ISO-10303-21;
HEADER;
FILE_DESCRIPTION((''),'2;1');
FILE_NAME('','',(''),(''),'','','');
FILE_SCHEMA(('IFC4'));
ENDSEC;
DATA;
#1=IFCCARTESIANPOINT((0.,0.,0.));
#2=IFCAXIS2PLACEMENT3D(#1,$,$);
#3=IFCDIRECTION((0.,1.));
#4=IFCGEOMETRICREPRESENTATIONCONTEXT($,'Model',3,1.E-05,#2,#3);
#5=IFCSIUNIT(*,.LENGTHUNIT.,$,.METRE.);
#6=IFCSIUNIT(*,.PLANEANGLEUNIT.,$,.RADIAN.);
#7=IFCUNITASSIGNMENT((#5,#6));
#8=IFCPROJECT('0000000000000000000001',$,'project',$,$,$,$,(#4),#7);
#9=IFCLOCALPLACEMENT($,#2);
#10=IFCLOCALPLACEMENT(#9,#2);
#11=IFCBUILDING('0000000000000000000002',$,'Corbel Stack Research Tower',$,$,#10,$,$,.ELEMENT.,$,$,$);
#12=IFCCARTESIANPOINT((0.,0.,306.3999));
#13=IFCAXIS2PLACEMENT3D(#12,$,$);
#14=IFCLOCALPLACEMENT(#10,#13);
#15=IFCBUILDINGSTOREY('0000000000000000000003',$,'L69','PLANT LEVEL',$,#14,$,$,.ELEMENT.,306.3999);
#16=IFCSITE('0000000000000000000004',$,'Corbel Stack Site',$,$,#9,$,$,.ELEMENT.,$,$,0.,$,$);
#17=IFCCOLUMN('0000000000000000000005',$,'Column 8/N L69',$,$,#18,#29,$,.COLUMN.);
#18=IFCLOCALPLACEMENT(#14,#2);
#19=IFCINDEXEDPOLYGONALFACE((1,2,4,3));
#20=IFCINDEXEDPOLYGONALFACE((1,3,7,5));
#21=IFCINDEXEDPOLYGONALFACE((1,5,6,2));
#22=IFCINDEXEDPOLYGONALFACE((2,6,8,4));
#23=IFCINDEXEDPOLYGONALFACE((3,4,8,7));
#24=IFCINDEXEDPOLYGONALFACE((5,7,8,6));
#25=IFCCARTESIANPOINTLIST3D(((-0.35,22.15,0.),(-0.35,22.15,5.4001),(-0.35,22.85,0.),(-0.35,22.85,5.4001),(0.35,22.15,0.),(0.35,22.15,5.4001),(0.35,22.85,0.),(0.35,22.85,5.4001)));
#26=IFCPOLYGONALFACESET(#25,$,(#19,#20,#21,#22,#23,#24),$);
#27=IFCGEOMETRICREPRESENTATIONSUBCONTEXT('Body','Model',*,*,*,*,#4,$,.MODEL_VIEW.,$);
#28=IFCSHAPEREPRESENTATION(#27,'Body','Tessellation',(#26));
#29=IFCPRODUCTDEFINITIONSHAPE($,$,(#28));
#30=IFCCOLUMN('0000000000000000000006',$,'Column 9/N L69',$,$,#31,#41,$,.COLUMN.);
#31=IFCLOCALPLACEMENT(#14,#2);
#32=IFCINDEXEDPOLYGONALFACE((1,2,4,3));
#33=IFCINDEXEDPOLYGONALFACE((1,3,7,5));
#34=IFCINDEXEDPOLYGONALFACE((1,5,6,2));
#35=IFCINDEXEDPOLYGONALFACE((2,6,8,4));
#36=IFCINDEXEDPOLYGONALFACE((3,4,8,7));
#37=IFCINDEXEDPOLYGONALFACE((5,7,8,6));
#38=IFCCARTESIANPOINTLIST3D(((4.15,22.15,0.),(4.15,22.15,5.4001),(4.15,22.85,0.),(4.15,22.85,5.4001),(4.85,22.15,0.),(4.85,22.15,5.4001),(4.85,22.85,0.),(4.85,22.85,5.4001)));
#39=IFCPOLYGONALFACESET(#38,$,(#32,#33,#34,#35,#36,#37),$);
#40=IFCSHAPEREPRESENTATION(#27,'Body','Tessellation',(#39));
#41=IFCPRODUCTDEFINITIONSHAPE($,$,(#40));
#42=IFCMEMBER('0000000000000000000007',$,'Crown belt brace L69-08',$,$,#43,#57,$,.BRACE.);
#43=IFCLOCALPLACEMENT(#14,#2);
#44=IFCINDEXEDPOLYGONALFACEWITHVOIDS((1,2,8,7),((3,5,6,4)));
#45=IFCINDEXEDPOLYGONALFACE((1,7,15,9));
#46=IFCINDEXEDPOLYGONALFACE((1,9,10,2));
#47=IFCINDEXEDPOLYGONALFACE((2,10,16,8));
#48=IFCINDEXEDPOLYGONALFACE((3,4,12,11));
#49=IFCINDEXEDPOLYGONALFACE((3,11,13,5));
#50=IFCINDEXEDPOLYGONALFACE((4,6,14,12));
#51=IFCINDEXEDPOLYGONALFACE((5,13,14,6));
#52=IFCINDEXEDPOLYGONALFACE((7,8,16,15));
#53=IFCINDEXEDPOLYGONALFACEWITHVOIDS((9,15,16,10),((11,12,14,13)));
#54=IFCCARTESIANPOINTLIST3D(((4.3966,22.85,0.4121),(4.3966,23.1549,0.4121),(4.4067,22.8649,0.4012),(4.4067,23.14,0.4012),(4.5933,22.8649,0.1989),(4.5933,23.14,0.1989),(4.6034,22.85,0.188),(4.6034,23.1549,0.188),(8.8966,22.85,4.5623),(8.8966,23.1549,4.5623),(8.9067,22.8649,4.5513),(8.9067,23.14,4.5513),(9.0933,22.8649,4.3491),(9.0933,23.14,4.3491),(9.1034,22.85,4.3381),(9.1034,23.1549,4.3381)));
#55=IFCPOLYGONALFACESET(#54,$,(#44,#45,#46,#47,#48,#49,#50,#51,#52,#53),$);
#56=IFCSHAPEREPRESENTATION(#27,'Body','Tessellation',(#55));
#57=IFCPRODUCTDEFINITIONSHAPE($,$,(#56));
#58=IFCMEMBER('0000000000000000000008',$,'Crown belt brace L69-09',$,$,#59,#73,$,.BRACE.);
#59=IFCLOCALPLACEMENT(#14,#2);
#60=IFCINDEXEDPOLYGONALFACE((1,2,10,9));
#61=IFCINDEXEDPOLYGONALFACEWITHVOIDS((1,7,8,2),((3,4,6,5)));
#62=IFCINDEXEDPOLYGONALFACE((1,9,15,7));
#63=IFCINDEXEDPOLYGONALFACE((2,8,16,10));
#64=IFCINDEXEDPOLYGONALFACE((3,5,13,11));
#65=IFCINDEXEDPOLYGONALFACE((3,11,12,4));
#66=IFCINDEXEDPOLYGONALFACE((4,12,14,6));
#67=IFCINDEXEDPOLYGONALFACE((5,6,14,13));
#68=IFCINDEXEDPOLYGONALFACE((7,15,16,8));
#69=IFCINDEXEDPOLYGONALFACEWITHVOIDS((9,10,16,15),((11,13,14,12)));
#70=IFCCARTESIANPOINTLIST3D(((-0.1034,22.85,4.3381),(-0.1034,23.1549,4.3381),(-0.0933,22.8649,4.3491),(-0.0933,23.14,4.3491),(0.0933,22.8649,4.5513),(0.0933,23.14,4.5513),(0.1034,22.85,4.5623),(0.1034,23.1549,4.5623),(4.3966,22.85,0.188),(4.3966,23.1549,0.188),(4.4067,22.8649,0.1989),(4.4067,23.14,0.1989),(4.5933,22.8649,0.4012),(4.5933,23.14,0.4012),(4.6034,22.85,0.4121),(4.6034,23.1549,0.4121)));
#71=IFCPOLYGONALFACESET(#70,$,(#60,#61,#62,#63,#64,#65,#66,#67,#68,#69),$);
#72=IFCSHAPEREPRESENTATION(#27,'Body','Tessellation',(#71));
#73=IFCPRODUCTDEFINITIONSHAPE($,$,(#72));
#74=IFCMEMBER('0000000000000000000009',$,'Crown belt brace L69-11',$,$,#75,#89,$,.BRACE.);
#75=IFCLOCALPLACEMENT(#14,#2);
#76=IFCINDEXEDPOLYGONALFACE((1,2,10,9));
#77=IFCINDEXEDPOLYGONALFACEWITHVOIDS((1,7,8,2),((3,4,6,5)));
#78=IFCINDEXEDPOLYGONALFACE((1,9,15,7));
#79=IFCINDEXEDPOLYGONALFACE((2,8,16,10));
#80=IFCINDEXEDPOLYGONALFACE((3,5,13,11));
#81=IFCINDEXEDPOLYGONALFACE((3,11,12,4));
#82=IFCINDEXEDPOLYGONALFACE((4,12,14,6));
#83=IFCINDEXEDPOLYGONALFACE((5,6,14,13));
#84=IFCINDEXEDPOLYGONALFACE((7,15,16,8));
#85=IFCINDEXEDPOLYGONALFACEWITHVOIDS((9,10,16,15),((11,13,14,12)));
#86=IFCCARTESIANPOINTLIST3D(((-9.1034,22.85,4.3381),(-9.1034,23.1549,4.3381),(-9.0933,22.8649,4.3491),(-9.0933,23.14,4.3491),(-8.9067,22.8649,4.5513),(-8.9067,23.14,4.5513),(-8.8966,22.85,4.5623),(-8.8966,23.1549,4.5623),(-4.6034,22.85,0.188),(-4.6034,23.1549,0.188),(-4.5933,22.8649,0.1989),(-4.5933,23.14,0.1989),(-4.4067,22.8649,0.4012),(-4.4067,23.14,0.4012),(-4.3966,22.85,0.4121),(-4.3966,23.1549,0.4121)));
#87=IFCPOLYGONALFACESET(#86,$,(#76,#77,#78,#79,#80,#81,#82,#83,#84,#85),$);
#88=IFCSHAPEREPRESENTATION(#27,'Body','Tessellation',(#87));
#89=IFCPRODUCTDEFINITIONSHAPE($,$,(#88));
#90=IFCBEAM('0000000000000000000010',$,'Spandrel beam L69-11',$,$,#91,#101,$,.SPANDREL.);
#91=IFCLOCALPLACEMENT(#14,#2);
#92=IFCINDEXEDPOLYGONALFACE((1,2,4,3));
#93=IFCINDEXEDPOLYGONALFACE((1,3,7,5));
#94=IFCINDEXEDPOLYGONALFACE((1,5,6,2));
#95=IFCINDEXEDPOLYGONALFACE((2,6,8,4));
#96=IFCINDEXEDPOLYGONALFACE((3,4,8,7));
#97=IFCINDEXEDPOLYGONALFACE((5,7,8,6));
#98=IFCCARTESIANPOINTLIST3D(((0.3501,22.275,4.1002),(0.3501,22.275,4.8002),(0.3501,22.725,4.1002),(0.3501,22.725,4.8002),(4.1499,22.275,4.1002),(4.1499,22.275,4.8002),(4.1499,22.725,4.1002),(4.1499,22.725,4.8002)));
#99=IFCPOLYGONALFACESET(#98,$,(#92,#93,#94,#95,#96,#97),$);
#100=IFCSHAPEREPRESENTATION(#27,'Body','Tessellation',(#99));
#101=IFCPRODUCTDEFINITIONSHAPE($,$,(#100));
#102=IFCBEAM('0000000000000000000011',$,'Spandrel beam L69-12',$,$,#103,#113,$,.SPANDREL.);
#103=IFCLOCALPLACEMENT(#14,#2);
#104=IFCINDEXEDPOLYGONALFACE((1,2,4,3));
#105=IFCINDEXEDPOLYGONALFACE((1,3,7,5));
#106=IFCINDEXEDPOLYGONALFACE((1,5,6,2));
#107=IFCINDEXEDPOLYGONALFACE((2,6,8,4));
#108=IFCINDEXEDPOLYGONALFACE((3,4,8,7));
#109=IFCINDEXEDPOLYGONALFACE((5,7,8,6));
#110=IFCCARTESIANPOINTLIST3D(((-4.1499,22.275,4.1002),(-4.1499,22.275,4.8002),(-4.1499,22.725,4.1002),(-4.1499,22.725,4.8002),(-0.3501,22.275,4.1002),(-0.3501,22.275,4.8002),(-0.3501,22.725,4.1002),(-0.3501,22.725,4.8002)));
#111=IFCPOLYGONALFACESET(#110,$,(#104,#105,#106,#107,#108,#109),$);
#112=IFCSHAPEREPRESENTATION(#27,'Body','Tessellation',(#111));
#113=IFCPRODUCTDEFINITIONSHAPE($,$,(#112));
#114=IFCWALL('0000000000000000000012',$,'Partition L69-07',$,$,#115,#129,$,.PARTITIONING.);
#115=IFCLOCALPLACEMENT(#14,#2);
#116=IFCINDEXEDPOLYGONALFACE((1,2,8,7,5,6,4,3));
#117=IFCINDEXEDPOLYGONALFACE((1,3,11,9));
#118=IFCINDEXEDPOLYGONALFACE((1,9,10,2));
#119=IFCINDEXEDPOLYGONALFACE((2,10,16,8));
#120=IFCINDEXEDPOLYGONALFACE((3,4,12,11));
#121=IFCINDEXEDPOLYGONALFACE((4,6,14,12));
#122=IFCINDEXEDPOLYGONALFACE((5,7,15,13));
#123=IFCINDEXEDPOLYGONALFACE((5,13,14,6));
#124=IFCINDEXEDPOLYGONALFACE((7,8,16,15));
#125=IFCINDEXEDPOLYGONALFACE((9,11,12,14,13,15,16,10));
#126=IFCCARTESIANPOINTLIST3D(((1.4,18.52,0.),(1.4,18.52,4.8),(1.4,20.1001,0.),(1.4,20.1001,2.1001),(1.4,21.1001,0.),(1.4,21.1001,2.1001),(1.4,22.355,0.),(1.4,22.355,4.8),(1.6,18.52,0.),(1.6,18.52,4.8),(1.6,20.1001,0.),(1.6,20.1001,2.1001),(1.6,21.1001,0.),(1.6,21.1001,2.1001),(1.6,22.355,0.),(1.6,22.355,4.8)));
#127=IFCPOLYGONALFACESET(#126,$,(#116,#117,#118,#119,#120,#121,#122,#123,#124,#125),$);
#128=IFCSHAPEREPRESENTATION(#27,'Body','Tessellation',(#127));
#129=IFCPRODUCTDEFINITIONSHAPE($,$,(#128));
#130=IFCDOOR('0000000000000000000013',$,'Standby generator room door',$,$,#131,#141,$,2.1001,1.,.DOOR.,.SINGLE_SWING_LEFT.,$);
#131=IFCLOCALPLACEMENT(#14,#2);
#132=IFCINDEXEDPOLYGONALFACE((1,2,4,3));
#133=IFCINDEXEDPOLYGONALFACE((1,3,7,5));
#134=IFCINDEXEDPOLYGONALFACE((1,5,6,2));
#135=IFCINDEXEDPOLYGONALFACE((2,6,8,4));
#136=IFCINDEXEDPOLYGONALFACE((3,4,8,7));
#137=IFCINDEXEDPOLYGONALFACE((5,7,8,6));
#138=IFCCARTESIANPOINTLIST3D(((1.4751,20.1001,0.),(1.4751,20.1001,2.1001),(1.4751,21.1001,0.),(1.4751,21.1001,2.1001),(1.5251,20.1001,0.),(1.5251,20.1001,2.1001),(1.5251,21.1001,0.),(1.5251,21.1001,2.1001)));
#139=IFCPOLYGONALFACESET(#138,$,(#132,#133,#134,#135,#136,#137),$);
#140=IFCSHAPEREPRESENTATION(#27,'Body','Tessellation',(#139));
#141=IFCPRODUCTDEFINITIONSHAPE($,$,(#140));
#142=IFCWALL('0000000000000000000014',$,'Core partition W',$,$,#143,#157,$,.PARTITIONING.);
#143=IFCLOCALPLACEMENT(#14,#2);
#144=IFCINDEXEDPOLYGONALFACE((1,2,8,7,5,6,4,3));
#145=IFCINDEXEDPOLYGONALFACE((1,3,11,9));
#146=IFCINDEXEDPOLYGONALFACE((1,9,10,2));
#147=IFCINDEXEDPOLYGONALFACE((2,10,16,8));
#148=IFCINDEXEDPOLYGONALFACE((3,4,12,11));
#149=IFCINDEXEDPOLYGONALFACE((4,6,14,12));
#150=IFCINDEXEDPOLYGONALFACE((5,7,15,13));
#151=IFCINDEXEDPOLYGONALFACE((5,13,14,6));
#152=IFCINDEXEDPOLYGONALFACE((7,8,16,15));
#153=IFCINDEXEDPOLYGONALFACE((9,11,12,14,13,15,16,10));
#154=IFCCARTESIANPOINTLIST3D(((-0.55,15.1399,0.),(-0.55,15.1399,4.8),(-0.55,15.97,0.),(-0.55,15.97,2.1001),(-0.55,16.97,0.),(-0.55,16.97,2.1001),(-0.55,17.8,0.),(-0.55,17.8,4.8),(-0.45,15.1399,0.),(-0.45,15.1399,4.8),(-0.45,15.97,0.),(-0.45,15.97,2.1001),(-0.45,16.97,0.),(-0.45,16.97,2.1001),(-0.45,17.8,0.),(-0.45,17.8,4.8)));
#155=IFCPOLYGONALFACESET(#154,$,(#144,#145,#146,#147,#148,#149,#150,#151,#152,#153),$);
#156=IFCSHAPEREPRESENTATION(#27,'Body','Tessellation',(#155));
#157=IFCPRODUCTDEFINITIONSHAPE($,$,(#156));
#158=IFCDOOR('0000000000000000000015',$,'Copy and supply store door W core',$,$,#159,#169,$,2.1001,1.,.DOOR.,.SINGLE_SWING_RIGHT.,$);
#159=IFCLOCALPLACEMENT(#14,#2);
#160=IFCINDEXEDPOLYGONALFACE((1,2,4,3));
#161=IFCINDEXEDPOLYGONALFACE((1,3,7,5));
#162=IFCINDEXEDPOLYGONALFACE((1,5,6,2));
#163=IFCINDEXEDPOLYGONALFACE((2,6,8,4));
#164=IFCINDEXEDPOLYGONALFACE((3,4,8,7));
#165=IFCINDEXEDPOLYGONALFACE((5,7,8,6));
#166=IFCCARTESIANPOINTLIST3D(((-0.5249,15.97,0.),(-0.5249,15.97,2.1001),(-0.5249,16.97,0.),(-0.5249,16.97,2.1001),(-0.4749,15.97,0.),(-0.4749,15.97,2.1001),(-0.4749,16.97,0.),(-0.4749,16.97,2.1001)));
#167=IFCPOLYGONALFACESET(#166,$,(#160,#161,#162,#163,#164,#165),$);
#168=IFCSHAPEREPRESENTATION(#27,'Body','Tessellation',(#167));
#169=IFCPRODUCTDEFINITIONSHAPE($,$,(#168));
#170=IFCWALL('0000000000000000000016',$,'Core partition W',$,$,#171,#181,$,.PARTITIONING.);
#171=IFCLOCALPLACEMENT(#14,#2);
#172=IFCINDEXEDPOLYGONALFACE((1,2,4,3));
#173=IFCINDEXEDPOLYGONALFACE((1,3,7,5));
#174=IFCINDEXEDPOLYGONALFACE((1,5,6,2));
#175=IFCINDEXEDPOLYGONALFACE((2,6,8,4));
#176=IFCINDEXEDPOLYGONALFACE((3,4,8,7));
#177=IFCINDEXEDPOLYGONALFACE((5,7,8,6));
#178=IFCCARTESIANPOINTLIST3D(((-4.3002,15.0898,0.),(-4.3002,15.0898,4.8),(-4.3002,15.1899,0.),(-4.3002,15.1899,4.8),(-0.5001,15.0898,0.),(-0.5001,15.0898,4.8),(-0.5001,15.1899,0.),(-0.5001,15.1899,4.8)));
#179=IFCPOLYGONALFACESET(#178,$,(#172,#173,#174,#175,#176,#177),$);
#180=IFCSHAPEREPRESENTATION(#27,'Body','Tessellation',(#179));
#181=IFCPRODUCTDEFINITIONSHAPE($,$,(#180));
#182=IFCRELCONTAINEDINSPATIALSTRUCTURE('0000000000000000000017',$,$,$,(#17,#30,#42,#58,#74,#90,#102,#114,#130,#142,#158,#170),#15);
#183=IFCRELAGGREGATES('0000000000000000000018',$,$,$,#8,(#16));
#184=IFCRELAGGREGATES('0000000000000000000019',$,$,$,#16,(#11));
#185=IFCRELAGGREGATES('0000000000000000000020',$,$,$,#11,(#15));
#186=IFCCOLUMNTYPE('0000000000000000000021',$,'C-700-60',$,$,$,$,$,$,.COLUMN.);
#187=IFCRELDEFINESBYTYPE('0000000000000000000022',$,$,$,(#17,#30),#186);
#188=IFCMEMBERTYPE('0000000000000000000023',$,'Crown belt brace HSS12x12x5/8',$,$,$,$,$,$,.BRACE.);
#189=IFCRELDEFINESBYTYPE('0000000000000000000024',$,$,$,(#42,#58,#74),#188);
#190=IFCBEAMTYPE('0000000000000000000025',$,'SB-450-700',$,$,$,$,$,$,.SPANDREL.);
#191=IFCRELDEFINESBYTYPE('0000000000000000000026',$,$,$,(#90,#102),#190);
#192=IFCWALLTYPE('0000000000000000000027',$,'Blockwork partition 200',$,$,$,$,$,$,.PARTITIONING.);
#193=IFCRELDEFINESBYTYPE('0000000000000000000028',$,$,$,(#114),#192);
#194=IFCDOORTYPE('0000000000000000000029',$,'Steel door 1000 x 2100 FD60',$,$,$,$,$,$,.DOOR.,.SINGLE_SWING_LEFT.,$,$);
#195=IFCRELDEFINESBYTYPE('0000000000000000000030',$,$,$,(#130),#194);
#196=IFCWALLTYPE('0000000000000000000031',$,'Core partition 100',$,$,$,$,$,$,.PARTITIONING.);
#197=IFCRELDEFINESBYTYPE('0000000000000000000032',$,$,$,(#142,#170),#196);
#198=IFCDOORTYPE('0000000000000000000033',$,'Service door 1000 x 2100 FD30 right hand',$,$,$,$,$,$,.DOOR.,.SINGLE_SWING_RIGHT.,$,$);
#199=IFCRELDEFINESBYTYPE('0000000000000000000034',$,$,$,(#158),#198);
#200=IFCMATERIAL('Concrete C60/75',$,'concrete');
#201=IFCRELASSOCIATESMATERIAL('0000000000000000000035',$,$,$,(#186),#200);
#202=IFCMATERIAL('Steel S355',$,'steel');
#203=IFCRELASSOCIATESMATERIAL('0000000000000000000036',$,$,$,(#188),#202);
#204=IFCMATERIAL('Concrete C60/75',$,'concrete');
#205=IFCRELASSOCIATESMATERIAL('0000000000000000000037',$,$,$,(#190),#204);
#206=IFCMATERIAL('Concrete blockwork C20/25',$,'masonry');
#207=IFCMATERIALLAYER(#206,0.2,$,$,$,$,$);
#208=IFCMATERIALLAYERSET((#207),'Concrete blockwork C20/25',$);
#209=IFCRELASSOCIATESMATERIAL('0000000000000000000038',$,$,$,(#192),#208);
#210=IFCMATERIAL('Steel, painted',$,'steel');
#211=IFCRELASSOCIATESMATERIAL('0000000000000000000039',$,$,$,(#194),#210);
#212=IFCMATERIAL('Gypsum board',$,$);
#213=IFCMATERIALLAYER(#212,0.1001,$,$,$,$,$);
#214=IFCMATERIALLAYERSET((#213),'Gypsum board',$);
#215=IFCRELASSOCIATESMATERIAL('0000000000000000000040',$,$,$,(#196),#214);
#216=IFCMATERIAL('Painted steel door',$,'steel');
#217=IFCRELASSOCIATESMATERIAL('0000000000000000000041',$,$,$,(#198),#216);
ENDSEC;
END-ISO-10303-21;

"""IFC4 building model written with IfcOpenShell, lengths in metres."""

from ifc_helpers import new_model, si_unit, direction, frame, frame_2d, origin, origin_2d, place, context, subcontext, project, spatial, rectangle, hollow_rectangle, extrude, material, layer, layer_set, material_profile, profile_set, type_object, element, fill, save


model = new_model("IFC4")

# Units and contexts
model_context = context("Model", 3, precision=1e-05, world=origin(), true_north=direction((0.0, 1.0)))
body_context = subcontext(model_context, "Body", "Model", "MODEL_VIEW")
ifc_project = project(units=[si_unit("LENGTHUNIT", "METRE"), si_unit("PLANEANGLEUNIT", "RADIAN")], contexts=[model_context])

# Site, building, storey
site_placement = place(None, origin())
site = spatial("IfcSite", under=ifc_project, at=site_placement, Name="Corbel Stack Site", CompositionType="ELEMENT", RefElevation=0.0)
building_placement = place(site_placement, origin())
building = spatial("IfcBuilding", under=site, at=building_placement, Name="Corbel Stack Research Tower", CompositionType="ELEMENT")
storey_placement = place(building_placement, frame((0.0, 0.0, 306.3999)))
storey = spatial("IfcBuildingStorey", under=building, at=storey_placement, Name="L69", Description="PLANT LEVEL", CompositionType="ELEMENT", Elevation=306.3999)

# Columns
ifc_material_1 = material(Name="Concrete C60/75", Category="concrete")
ifc_material_profile_1 = material_profile(ifc_material_1, rectangle(XDim=0.7, YDim=0.7, at=origin_2d()), Name="RC 700 x 700")
ifc_profile_set_1 = profile_set([ifc_material_profile_1], Name="Concrete C60/75")
column_type = type_object("IfcColumnType", Name="C-700-60", PredefinedType="COLUMN", material=ifc_profile_set_1)
for number, where, z_axis, x_axis, name in (
    (1, (0.0, 22.5, 0.0), (0.0, 0.0, 1.0), (1.0, 0.0, 0.0), "Column 8/N L69"),
    (2, (4.5, 22.5, 0.0), (0.0, 0.0, 1.0), (1.0, 0.0, 0.0), "Column 9/N L69"),
):
    element("IfcColumn", number, at=place(storey_placement, frame(where, z_axis=z_axis, x_axis=x_axis)), inside=storey, type_object=column_type, Name=name, PredefinedType="COLUMN", context=body_context, shape_type="SweptSolid", body=[
        extrude(rectangle(XDim=0.7, YDim=0.7, at=origin_2d()), origin(), (0.0, 0.0, 1.0), 5.4001),
    ])

# Members
ifc_material_2 = material(Name="Steel S355", Category="steel")
ifc_material_profile_2 = material_profile(ifc_material_2, hollow_rectangle(XDim=0.3049, YDim=0.3049, WallThickness=0.0149, at=origin_2d()), Name="HSS12x12x5/8")
ifc_profile_set_2 = profile_set([ifc_material_profile_2], Name="Steel S355")
member_type = type_object("IfcMemberType", Name="Crown belt brace HSS12x12x5/8", PredefinedType="BRACE", material=ifc_profile_set_2)
for number, where, z_axis, x_axis, name in (
    (3, (4.5, 23.0024, 0.3), (0.735105, 0.0, 0.677954), (0.0, 1.0, 0.0), "Crown belt brace L69-08"),
    (4, (4.5, 23.0024, 0.3), (-0.735105, 0.0, 0.677954), (0.0, -1.0, 0.0), "Crown belt brace L69-09"),
    (5, (-4.5, 23.0024, 0.3), (-0.735105, 0.0, 0.677954), (0.0, -1.0, 0.0), "Crown belt brace L69-11"),
):
    element("IfcMember", number, at=place(storey_placement, frame(where, z_axis=z_axis, x_axis=x_axis)), inside=storey, type_object=member_type, Name=name, PredefinedType="BRACE", context=body_context, shape_type="SweptSolid", body=[
        extrude(hollow_rectangle(XDim=0.3049, YDim=0.3049, WallThickness=0.0149, at=origin_2d()), origin(), (0.0, 0.0, 1.0), 6.1216),
    ])

# Beams
ifc_material_3 = material(Name="Concrete C60/75", Category="concrete")
ifc_material_profile_3 = material_profile(ifc_material_3, rectangle(XDim=0.45, YDim=0.7, at=origin_2d()), Name="RC 450 x 700")
ifc_profile_set_3 = profile_set([ifc_material_profile_3], Name="Concrete C60/75")
beam_type = type_object("IfcBeamType", Name="SB-450-700", PredefinedType="SPANDREL", material=ifc_profile_set_3)
for number, where, z_axis, x_axis, name in (
    (6, (4.1499, 22.5, 4.4502), (-1.0, 0.0, 0.0), (0.0, -1.0, 0.0), "Spandrel beam L69-11"),
    (7, (-0.3501, 22.5, 4.4502), (-1.0, 0.0, 0.0), (0.0, -1.0, 0.0), "Spandrel beam L69-12"),
):
    element("IfcBeam", number, at=place(storey_placement, frame(where, z_axis=z_axis, x_axis=x_axis)), inside=storey, type_object=beam_type, Name=name, PredefinedType="SPANDREL", context=body_context, shape_type="SweptSolid", body=[
        extrude(rectangle(XDim=0.45, YDim=0.7, at=origin_2d()), origin(), (0.0, 0.0, 1.0), 3.7998),
    ])

# Walls, openings, doors
ifc_material_4 = material(Name="Concrete blockwork C20/25", Category="masonry")
ifc_layer_1 = layer(ifc_material_4, 0.2)
ifc_layer_set_1 = layer_set([ifc_layer_1], Name="Concrete blockwork C20/25")
wall_type_1 = type_object("IfcWallType", Name="Blockwork partition 200", PredefinedType="PARTITIONING", material=ifc_layer_set_1)
wall_1_placement = place(storey_placement, frame((1.5, 18.52, 0.0), z_axis=(0.0, 0.0, 1.0), x_axis=(0.0, 1.0, 0.0)))
wall_1 = element("IfcWall", 8, at=wall_1_placement, inside=storey, type_object=wall_type_1, Name="Partition L69-07", PredefinedType="PARTITIONING", context=body_context, shape_type="SweptSolid", body=[
    extrude(rectangle(XDim=3.835, YDim=0.2, at=frame_2d((1.9175, 0.0))), origin(), (0.0, 0.0, 1.0), 4.8),
])
opening_1_placement = place(wall_1_placement, frame((1.5801, 0.0, 0.0)))
opening_1 = element("IfcOpeningElement", 9, at=opening_1_placement, cuts=wall_1, PredefinedType="OPENING", context=body_context, shape_type="SweptSolid", body=[
    extrude(rectangle(XDim=1.0, YDim=2.1001, at=frame_2d((0.5, 1.05))), frame((0.0, 0.1099, 0.0), z_axis=(0.0, -1.0, 0.0), x_axis=(1.0, 0.0, 0.0)), (0.0, 0.0, 1.0), 0.22),
])
ifc_material_5 = material(Name="Steel, painted", Category="steel")
door_type_1 = type_object("IfcDoorType", Name="Steel door 1000 x 2100 FD60", OperationType="SINGLE_SWING_LEFT", PredefinedType="DOOR", material=ifc_material_5)
door_1_placement = place(opening_1_placement, origin())
door_1 = element("IfcDoor", 10, at=door_1_placement, inside=storey, type_object=door_type_1, Name="Standby generator room door", OperationType="SINGLE_SWING_LEFT", OverallHeight=2.1001, OverallWidth=1.0, PredefinedType="DOOR", context=body_context, shape_type="SweptSolid", body=[
    extrude(rectangle(XDim=1.0, YDim=2.1001, at=frame_2d((0.5, 1.05))), frame((0.0, 0.0249, 0.0), z_axis=(0.0, -1.0, 0.0), x_axis=(1.0, 0.0, 0.0)), (0.0, 0.0, 1.0), 0.05),
])
fill(opening_1, door_1)
ifc_material_6 = material(Name="Gypsum board")
ifc_layer_2 = layer(ifc_material_6, 0.1001)
ifc_layer_set_2 = layer_set([ifc_layer_2], Name="Gypsum board")
wall_type_2 = type_object("IfcWallType", Name="Core partition 100", PredefinedType="PARTITIONING", material=ifc_layer_set_2)
wall_2_placement = place(storey_placement, frame((-0.5, 15.1399, 0.0), z_axis=(0.0, 0.0, 1.0), x_axis=(0.0, 1.0, 0.0)))
wall_2 = element("IfcWall", 11, at=wall_2_placement, inside=storey, type_object=wall_type_2, Name="Core partition W", PredefinedType="PARTITIONING", context=body_context, shape_type="SweptSolid", body=[
    extrude(rectangle(XDim=2.6602, YDim=0.1001, at=frame_2d((1.3301, 0.0))), origin(), (0.0, 0.0, 1.0), 4.8),
])
opening_2_placement = place(wall_2_placement, frame((0.8301, 0.0, 0.0)))
opening_2 = element("IfcOpeningElement", 12, at=opening_2_placement, cuts=wall_2, PredefinedType="OPENING", context=body_context, shape_type="SweptSolid", body=[
    extrude(rectangle(XDim=1.0, YDim=2.1001, at=frame_2d((0.5, 1.05))), frame((0.0, 0.0601, 0.0), z_axis=(0.0, -1.0, 0.0), x_axis=(1.0, 0.0, 0.0)), (0.0, 0.0, 1.0), 0.1201),
])
ifc_material_7 = material(Name="Painted steel door", Category="steel")
door_type_2 = type_object("IfcDoorType", Name="Service door 1000 x 2100 FD30 right hand", OperationType="SINGLE_SWING_RIGHT", PredefinedType="DOOR", material=ifc_material_7)
door_2_placement = place(opening_2_placement, origin())
door_2 = element("IfcDoor", 13, at=door_2_placement, inside=storey, type_object=door_type_2, Name="Copy and supply store door W core", OperationType="SINGLE_SWING_RIGHT", OverallHeight=2.1001, OverallWidth=1.0, PredefinedType="DOOR", context=body_context, shape_type="SweptSolid", body=[
    extrude(rectangle(XDim=1.0, YDim=2.1001, at=frame_2d((0.5, 1.05))), frame((0.0, 0.0249, 0.0), z_axis=(0.0, -1.0, 0.0), x_axis=(1.0, 0.0, 0.0)), (0.0, 0.0, 1.0), 0.05),
])
fill(opening_2, door_2)

# Wall
wall_3_placement = place(storey_placement, frame((-4.3, 15.1399, 0.0), z_axis=(0.0, 0.0, 1.0), x_axis=(1.0, 0.0, 0.0)))
element("IfcWall", 14, at=wall_3_placement, inside=storey, type_object=wall_type_2, Name="Core partition W", PredefinedType="PARTITIONING", context=body_context, shape_type="SweptSolid", body=[
    extrude(rectangle(XDim=3.8, YDim=0.1001, at=frame_2d((1.8999, 0.0))), origin(), (0.0, 0.0, 1.0), 4.8),
])

save(model, "model.ifc")
